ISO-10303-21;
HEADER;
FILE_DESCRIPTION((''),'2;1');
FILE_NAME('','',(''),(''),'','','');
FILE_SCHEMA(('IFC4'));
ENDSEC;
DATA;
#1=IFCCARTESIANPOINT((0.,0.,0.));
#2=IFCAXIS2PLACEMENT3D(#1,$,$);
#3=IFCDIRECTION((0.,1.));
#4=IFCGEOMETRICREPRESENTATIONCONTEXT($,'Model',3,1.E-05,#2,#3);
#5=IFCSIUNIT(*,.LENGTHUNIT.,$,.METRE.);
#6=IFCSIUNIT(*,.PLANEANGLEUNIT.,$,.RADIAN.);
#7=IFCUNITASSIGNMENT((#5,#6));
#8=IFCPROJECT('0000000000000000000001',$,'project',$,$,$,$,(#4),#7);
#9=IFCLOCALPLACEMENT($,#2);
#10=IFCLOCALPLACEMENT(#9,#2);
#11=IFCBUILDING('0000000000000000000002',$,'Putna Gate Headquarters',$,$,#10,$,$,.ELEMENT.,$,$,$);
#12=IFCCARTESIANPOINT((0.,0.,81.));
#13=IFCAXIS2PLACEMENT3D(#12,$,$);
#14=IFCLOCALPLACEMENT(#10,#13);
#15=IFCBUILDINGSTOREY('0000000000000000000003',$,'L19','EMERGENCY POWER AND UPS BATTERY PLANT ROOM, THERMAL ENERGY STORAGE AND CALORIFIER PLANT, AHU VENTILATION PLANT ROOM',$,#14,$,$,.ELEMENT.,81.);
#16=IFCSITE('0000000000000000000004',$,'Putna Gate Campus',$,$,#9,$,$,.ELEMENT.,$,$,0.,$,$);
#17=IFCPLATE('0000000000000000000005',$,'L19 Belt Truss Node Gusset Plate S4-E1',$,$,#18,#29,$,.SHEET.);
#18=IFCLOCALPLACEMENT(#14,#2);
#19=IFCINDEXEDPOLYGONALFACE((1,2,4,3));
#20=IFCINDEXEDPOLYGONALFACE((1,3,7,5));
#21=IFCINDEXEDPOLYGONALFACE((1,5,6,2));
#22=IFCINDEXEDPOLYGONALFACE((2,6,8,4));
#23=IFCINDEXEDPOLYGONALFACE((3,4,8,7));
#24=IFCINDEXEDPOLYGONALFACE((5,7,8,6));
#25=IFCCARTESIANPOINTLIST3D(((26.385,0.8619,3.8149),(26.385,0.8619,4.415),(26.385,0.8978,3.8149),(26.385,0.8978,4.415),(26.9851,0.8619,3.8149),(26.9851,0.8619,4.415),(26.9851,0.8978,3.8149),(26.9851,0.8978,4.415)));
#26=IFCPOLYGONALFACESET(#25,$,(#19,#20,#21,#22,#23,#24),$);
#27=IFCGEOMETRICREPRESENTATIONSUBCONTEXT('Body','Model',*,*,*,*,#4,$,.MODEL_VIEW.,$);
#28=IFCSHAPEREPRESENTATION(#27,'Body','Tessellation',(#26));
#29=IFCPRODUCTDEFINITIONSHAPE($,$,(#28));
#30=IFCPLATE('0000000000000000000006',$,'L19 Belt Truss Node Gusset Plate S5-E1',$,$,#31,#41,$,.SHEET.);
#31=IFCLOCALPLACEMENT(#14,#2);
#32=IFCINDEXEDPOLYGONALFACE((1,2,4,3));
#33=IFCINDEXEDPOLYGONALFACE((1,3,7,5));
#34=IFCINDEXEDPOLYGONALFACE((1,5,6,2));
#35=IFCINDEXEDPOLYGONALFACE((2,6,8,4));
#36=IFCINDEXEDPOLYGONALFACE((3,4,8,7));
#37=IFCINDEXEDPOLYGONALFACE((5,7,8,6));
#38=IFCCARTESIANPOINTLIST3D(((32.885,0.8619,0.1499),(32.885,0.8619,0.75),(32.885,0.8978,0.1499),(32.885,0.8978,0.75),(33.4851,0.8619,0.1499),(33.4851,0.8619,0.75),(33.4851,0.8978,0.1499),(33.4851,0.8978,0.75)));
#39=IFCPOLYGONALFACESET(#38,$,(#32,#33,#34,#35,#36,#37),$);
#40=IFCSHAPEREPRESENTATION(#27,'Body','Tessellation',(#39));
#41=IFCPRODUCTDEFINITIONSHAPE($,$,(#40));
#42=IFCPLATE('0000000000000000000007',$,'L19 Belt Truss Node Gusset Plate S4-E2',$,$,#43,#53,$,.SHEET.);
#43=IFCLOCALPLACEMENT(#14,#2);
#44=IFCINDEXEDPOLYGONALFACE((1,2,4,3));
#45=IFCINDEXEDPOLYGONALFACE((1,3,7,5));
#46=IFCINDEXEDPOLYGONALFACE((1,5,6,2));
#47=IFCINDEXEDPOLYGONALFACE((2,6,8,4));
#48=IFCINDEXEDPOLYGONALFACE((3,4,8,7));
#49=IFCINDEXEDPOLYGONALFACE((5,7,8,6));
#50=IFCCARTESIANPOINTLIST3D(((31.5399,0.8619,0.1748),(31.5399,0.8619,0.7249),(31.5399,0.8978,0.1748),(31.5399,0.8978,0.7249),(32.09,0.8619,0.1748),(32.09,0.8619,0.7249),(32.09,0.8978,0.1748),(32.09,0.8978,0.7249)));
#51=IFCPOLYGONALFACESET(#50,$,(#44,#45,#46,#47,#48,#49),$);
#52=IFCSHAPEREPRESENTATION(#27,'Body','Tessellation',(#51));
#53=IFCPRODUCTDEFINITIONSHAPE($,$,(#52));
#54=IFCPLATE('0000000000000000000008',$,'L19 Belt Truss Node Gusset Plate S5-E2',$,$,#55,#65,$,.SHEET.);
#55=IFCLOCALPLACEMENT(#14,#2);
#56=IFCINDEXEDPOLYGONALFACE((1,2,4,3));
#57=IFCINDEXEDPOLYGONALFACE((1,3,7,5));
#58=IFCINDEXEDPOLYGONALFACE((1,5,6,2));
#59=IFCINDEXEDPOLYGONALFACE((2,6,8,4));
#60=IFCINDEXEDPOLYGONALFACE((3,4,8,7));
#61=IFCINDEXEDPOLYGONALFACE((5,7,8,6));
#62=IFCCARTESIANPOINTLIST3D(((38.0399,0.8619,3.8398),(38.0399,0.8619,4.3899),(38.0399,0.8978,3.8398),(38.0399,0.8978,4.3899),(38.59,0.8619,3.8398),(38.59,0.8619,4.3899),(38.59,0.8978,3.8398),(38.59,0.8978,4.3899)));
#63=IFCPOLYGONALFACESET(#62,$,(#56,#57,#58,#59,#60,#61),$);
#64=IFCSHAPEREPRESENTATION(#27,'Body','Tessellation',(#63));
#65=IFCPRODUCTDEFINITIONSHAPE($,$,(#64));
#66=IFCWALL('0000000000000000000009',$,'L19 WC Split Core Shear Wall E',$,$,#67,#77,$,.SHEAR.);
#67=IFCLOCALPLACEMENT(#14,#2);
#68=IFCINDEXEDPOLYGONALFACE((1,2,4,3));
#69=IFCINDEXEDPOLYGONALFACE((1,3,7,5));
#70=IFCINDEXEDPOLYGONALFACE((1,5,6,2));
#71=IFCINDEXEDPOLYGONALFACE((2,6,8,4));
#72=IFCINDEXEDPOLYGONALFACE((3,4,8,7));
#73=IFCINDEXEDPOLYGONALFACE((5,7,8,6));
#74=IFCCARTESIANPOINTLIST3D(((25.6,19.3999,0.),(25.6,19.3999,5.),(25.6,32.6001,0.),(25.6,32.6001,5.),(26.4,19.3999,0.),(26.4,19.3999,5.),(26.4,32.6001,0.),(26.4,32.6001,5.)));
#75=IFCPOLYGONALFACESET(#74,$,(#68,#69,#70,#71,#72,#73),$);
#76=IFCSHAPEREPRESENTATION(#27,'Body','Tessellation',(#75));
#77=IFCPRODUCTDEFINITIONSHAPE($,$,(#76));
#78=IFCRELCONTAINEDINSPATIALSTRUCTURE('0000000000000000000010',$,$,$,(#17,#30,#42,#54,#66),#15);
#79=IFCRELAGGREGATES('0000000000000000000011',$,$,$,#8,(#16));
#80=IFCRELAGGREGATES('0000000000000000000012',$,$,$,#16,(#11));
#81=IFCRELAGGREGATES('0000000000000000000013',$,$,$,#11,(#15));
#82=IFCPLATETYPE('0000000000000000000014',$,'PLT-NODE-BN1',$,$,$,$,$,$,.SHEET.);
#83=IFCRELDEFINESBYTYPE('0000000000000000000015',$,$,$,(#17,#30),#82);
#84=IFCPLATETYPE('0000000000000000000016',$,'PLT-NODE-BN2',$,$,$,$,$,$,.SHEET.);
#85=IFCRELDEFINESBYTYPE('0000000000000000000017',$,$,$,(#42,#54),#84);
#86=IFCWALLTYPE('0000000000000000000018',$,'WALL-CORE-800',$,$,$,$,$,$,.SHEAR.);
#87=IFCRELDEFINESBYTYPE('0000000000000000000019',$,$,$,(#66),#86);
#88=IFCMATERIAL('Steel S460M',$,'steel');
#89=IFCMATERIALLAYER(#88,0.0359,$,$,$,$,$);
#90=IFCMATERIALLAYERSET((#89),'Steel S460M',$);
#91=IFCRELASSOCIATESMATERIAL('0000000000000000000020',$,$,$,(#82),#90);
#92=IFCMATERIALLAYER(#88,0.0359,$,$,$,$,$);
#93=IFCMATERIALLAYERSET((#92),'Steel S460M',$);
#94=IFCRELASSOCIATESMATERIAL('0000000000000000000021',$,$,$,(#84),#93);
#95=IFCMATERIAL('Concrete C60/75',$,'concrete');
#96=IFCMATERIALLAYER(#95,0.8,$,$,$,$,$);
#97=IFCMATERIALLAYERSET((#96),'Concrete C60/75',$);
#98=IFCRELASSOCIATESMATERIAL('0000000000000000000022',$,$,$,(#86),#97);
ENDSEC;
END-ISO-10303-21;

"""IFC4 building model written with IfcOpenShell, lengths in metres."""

from ifc_helpers import new_model, si_unit, direction, frame, frame_2d, origin, origin_2d, place, context, subcontext, project, spatial, rectangle, extrude, material, layer, layer_set, type_object, element, save


model = new_model("IFC4")

# Units and contexts
model_context = context("Model", 3, precision=1e-05, world=origin(), true_north=direction((0.0, 1.0)))
body_context = subcontext(model_context, "Body", "Model", "MODEL_VIEW")
ifc_project = project(units=[si_unit("LENGTHUNIT", "METRE"), si_unit("PLANEANGLEUNIT", "RADIAN")], contexts=[model_context])

# Site, building, storey
site_placement = place(None, origin())
site = spatial("IfcSite", under=ifc_project, at=site_placement, Name="Putna Gate Campus", CompositionType="ELEMENT", RefElevation=0.0)
building_placement = place(site_placement, origin())
building = spatial("IfcBuilding", under=site, at=building_placement, Name="Putna Gate Headquarters", CompositionType="ELEMENT")
storey_placement = place(building_placement, frame((0.0, 0.0, 81.0)))
storey = spatial("IfcBuildingStorey", under=building, at=storey_placement, Name="L19", Description="EMERGENCY POWER AND UPS BATTERY PLANT ROOM, THERMAL ENERGY STORAGE AND CALORIFIER PLANT, AHU VENTILATION PLANT ROOM", CompositionType="ELEMENT", Elevation=81.0)

# Shared definitions
ifc_material_1 = material(Name="Concrete C60/75", Category="concrete")

# Shared definitions
ifc_material_2 = material(Name="Steel S460M", Category="steel")

# Plates
ifc_layer_1 = layer(ifc_material_2, 0.0359)
ifc_layer_set_1 = layer_set([ifc_layer_1], Name="Steel S460M")
plate_type_1 = type_object("IfcPlateType", Name="PLT-NODE-BN1", PredefinedType="SHEET", material=ifc_layer_set_1)
for number, where, z_axis, x_axis, name in (
    (1, (26.6851, 0.8799, 3.8149), (0.0, 0.0, 1.0), (1.0, 0.0, 0.0), "L19 Belt Truss Node Gusset Plate S4-E1"),
    (2, (33.1851, 0.8799, 0.1499), (0.0, 0.0, 1.0), (1.0, 0.0, 0.0), "L19 Belt Truss Node Gusset Plate S5-E1"),
):
    element("IfcPlate", number, at=place(storey_placement, frame(where, z_axis=z_axis, x_axis=x_axis)), inside=storey, type_object=plate_type_1, Name=name, PredefinedType="SHEET", context=body_context, shape_type="SweptSolid", body=[
        extrude(rectangle(XDim=0.6001, YDim=0.0359, at=origin_2d()), origin(), (0.0, 0.0, 1.0), 0.6001),
    ])
ifc_layer_2 = layer(ifc_material_2, 0.0359)
ifc_layer_set_2 = layer_set([ifc_layer_2], Name="Steel S460M")
plate_type_2 = type_object("IfcPlateType", Name="PLT-NODE-BN2", PredefinedType="SHEET", material=ifc_layer_set_2)
for number, where, z_axis, x_axis, name in (
    (3, (31.8149, 0.8799, 0.1748), (0.0, 0.0, 1.0), (1.0, 0.0, 0.0), "L19 Belt Truss Node Gusset Plate S4-E2"),
    (4, (38.3149, 0.8799, 3.8398), (0.0, 0.0, 1.0), (1.0, 0.0, 0.0), "L19 Belt Truss Node Gusset Plate S5-E2"),
):
    element("IfcPlate", number, at=place(storey_placement, frame(where, z_axis=z_axis, x_axis=x_axis)), inside=storey, type_object=plate_type_2, Name=name, PredefinedType="SHEET", context=body_context, shape_type="SweptSolid", body=[
        extrude(rectangle(XDim=0.55, YDim=0.0359, at=origin_2d()), origin(), (0.0, 0.0, 1.0), 0.55),
    ])

# Wall
ifc_layer_3 = layer(ifc_material_1, 0.8)
ifc_layer_set_3 = layer_set([ifc_layer_3], Name="Concrete C60/75")
wall_type = type_object("IfcWallType", Name="WALL-CORE-800", PredefinedType="SHEAR", material=ifc_layer_set_3)
wall_placement = place(storey_placement, frame((26.0, 19.3999, 0.0), z_axis=(0.0, 0.0, 1.0), x_axis=(0.0, 1.0, 0.0)))
element("IfcWall", 5, at=wall_placement, inside=storey, type_object=wall_type, Name="L19 WC Split Core Shear Wall E", PredefinedType="SHEAR", context=body_context, shape_type="SweptSolid", body=[
    extrude(rectangle(XDim=13.2002, YDim=0.8, at=frame_2d((6.6001, 0.0))), origin(), (0.0, 0.0, 1.0), 5.0),
])

save(model, "model.ifc")
